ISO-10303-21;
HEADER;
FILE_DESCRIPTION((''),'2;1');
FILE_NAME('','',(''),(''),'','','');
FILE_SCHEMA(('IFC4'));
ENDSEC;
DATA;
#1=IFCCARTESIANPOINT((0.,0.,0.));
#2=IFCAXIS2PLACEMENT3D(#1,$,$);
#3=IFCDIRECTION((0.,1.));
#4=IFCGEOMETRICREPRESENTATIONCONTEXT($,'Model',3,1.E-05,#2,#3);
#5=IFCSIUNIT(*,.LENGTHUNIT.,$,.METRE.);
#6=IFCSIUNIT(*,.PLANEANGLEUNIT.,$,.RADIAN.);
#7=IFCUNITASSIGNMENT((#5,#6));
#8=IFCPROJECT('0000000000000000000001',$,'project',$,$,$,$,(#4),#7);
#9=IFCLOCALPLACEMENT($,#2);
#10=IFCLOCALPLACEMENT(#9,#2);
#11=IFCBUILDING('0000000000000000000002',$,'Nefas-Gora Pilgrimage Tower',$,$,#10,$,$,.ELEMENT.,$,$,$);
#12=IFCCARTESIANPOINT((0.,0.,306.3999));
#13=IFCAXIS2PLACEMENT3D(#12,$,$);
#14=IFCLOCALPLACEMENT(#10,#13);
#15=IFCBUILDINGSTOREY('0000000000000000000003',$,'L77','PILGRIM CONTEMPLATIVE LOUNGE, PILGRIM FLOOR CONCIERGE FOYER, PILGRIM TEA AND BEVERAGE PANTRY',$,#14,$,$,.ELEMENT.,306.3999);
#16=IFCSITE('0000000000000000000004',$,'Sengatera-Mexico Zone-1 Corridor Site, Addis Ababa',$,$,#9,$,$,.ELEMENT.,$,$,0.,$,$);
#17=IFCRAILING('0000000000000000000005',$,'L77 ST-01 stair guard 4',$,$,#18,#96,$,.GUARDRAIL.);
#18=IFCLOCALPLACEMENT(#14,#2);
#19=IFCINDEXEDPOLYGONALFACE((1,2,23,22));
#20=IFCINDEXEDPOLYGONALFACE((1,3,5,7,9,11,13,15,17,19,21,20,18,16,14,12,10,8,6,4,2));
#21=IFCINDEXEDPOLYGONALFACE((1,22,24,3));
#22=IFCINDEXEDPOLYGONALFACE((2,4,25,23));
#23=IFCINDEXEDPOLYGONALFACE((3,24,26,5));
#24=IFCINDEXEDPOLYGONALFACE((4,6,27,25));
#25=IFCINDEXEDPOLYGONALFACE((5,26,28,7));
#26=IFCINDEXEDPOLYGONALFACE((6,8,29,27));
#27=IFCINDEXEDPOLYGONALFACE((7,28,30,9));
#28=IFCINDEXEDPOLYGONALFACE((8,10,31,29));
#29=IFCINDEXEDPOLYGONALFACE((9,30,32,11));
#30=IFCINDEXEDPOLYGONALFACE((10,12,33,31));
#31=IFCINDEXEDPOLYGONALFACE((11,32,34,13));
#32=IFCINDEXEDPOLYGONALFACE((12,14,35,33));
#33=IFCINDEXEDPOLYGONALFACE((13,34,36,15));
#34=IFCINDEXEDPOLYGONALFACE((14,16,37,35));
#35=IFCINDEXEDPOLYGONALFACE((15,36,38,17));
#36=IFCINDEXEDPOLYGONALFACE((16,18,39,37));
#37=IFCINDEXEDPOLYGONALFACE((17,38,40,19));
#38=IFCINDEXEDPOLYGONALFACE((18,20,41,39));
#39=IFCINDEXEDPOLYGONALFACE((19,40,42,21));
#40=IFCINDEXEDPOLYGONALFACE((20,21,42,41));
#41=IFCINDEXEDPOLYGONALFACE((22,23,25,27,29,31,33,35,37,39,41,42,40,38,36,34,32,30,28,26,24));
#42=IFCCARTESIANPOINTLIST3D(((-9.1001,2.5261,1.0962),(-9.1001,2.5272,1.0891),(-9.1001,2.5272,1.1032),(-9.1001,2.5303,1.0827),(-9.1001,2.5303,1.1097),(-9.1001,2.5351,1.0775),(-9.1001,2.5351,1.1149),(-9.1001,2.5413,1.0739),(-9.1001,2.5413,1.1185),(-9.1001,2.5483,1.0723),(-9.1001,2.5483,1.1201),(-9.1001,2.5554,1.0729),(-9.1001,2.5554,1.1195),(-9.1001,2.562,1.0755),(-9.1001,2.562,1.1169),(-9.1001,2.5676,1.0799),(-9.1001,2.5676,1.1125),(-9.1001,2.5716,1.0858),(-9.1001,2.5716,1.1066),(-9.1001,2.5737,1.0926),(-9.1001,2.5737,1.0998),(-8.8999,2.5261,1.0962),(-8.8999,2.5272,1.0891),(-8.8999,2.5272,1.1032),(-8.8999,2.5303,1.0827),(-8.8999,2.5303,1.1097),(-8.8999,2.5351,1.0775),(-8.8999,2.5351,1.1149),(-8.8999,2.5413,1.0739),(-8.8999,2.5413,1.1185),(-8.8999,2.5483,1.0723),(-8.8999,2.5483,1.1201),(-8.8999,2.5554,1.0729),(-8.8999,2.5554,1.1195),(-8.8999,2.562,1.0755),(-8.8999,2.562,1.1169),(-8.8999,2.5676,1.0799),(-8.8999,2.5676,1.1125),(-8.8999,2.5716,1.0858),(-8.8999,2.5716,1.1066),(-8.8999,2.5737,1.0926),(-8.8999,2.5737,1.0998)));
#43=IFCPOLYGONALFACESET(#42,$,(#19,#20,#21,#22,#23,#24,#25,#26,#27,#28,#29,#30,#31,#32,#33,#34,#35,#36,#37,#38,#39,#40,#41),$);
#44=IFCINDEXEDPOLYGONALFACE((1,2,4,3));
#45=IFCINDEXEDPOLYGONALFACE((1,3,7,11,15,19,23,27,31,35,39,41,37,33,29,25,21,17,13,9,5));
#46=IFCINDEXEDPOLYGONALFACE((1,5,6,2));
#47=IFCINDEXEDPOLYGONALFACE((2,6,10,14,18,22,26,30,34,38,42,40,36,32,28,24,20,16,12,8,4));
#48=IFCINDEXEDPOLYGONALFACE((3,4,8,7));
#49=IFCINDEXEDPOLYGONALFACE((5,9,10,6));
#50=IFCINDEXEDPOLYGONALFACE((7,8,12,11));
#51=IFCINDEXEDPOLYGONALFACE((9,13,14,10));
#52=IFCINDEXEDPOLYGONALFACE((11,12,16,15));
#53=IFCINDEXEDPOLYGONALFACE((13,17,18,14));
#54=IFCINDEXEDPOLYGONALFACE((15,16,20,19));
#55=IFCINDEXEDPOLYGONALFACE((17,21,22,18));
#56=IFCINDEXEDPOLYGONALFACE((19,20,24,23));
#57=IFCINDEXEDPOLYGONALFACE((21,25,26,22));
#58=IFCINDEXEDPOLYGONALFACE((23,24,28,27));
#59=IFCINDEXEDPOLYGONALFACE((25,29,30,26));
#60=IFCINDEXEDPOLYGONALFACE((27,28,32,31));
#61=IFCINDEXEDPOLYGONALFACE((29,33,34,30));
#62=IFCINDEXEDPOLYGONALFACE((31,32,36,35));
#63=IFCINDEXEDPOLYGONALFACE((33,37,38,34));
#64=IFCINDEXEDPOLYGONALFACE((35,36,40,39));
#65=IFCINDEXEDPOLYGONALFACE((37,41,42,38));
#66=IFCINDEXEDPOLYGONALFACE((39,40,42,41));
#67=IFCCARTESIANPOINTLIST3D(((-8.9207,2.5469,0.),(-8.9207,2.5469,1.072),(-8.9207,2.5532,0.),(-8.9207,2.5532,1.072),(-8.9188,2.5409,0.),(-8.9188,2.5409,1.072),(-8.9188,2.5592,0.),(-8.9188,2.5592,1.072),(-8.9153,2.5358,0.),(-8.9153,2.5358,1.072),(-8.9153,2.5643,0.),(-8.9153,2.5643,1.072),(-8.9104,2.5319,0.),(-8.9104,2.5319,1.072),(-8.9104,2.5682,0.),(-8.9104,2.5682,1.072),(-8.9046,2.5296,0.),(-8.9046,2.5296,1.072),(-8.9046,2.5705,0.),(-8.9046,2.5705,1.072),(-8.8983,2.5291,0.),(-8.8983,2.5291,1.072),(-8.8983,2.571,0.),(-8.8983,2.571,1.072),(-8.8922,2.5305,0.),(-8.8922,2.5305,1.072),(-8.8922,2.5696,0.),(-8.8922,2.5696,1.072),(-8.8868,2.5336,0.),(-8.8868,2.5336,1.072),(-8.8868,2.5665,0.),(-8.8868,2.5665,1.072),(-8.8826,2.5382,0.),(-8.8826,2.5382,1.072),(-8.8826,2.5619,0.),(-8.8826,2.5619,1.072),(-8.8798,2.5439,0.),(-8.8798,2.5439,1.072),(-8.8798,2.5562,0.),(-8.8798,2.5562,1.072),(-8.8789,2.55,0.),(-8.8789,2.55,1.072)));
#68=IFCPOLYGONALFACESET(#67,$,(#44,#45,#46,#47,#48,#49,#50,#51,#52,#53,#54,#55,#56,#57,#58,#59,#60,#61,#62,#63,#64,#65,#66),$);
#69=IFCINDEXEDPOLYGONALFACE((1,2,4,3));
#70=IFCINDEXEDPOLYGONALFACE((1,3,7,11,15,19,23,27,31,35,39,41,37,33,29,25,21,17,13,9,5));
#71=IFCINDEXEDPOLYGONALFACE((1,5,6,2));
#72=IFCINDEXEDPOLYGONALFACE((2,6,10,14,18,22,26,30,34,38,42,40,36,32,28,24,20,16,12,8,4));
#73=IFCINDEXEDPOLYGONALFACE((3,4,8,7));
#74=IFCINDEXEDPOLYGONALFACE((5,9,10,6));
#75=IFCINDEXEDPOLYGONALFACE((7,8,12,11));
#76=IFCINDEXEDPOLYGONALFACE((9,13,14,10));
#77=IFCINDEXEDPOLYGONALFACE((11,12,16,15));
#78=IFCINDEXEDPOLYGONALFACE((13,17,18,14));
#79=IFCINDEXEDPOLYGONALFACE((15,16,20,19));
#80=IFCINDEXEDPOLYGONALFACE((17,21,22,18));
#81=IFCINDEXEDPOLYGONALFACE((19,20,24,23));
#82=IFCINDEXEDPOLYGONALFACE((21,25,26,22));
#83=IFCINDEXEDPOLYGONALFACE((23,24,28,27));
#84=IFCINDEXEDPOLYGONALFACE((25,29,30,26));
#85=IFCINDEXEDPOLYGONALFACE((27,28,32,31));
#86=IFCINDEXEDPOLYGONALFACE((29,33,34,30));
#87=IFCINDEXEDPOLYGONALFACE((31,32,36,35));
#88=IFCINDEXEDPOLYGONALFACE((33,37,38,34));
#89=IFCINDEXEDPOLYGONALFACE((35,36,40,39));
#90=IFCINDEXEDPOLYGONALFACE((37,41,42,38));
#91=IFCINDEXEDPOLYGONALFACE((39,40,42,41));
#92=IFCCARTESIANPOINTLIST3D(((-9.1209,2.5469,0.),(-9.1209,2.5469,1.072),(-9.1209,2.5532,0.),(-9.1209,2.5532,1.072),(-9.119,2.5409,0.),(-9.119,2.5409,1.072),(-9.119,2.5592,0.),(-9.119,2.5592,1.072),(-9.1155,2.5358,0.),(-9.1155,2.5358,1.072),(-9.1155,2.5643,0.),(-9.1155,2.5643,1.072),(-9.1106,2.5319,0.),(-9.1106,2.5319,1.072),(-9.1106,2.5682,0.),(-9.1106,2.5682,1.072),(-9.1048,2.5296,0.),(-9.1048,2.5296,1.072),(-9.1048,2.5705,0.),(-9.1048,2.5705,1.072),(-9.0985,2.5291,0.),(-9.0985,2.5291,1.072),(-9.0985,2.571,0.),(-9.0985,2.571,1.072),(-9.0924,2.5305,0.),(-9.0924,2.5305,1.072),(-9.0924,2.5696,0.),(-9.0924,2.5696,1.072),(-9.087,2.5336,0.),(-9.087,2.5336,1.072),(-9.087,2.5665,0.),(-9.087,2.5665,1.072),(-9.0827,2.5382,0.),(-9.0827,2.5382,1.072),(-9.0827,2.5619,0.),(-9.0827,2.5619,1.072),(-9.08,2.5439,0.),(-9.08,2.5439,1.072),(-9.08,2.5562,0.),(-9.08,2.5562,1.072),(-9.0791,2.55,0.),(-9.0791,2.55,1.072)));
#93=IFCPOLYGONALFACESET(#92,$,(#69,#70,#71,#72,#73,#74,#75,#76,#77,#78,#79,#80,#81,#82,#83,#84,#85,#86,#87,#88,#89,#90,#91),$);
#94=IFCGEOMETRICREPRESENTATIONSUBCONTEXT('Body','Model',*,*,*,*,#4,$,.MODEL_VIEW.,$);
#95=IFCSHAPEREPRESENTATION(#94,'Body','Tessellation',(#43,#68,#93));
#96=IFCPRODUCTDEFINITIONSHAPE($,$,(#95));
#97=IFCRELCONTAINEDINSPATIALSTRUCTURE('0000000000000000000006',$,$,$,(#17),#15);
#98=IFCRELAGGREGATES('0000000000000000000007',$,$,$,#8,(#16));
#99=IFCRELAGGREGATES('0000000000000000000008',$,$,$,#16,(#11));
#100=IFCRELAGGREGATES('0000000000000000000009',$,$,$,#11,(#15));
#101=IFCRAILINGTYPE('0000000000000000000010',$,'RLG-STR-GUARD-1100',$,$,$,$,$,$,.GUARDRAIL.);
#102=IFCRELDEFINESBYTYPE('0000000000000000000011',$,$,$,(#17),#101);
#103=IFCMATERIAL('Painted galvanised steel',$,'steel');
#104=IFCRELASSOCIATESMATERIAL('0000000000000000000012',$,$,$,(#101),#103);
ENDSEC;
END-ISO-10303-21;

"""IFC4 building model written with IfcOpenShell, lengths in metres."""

from ifc_helpers import new_model, si_unit, direction, frame, origin, origin_2d, place, context, subcontext, project, spatial, circle, extrude, material, type_object, element, save


model = new_model("IFC4")

# Units and contexts
model_context = context("Model", 3, precision=1e-05, world=origin(), true_north=direction((0.0, 1.0)))
body_context = subcontext(model_context, "Body", "Model", "MODEL_VIEW")
ifc_project = project(units=[si_unit("LENGTHUNIT", "METRE"), si_unit("PLANEANGLEUNIT", "RADIAN")], contexts=[model_context])

# Site, building, storey
site_placement = place(None, origin())
site = spatial("IfcSite", under=ifc_project, at=site_placement, Name="Sengatera-Mexico Zone-1 Corridor Site, Addis Ababa", CompositionType="ELEMENT", RefElevation=0.0)
building_placement = place(site_placement, origin())
building = spatial("IfcBuilding", under=site, at=building_placement, Name="Nefas-Gora Pilgrimage Tower", CompositionType="ELEMENT")
storey_placement = place(building_placement, frame((0.0, 0.0, 306.3999)))
storey = spatial("IfcBuildingStorey", under=building, at=storey_placement, Name="L77", Description="PILGRIM CONTEMPLATIVE LOUNGE, PILGRIM FLOOR CONCIERGE FOYER, PILGRIM TEA AND BEVERAGE PANTRY", CompositionType="ELEMENT", Elevation=306.3999)

# Railing
ifc_material_1 = material(Name="Painted galvanised steel", Category="steel")
railing_type_1 = type_object("IfcRailingType", Name="RLG-STR-GUARD-1100", PredefinedType="GUARDRAIL", material=ifc_material_1)
railing_1_placement = place(storey_placement, frame((-8.8999, 2.55, 0.0)))
element("IfcRailing", 1, at=railing_1_placement, inside=storey, type_object=railing_type_1, Name="L77 ST-01 stair guard 4", PredefinedType="GUARDRAIL", context=body_context, shape_type="SweptSolid", body=[
    extrude(circle(Radius=0.0239, at=origin_2d()), frame((0.0, 0.0, 1.0962), z_axis=(-1.0, 0.0, 0.0), x_axis=(0.0, -1.0, 0.0)), (0.0, 0.0, 1.0), 0.2002),
    extrude(circle(Radius=0.021, at=origin_2d()), origin(), (0.0, 0.0, 1.0), 1.072),
    extrude(circle(Radius=0.021, at=origin_2d()), frame((-0.2002, 0.0, 0.0)), (0.0, 0.0, 1.0), 1.072),
])

save(model, "model.ifc")
